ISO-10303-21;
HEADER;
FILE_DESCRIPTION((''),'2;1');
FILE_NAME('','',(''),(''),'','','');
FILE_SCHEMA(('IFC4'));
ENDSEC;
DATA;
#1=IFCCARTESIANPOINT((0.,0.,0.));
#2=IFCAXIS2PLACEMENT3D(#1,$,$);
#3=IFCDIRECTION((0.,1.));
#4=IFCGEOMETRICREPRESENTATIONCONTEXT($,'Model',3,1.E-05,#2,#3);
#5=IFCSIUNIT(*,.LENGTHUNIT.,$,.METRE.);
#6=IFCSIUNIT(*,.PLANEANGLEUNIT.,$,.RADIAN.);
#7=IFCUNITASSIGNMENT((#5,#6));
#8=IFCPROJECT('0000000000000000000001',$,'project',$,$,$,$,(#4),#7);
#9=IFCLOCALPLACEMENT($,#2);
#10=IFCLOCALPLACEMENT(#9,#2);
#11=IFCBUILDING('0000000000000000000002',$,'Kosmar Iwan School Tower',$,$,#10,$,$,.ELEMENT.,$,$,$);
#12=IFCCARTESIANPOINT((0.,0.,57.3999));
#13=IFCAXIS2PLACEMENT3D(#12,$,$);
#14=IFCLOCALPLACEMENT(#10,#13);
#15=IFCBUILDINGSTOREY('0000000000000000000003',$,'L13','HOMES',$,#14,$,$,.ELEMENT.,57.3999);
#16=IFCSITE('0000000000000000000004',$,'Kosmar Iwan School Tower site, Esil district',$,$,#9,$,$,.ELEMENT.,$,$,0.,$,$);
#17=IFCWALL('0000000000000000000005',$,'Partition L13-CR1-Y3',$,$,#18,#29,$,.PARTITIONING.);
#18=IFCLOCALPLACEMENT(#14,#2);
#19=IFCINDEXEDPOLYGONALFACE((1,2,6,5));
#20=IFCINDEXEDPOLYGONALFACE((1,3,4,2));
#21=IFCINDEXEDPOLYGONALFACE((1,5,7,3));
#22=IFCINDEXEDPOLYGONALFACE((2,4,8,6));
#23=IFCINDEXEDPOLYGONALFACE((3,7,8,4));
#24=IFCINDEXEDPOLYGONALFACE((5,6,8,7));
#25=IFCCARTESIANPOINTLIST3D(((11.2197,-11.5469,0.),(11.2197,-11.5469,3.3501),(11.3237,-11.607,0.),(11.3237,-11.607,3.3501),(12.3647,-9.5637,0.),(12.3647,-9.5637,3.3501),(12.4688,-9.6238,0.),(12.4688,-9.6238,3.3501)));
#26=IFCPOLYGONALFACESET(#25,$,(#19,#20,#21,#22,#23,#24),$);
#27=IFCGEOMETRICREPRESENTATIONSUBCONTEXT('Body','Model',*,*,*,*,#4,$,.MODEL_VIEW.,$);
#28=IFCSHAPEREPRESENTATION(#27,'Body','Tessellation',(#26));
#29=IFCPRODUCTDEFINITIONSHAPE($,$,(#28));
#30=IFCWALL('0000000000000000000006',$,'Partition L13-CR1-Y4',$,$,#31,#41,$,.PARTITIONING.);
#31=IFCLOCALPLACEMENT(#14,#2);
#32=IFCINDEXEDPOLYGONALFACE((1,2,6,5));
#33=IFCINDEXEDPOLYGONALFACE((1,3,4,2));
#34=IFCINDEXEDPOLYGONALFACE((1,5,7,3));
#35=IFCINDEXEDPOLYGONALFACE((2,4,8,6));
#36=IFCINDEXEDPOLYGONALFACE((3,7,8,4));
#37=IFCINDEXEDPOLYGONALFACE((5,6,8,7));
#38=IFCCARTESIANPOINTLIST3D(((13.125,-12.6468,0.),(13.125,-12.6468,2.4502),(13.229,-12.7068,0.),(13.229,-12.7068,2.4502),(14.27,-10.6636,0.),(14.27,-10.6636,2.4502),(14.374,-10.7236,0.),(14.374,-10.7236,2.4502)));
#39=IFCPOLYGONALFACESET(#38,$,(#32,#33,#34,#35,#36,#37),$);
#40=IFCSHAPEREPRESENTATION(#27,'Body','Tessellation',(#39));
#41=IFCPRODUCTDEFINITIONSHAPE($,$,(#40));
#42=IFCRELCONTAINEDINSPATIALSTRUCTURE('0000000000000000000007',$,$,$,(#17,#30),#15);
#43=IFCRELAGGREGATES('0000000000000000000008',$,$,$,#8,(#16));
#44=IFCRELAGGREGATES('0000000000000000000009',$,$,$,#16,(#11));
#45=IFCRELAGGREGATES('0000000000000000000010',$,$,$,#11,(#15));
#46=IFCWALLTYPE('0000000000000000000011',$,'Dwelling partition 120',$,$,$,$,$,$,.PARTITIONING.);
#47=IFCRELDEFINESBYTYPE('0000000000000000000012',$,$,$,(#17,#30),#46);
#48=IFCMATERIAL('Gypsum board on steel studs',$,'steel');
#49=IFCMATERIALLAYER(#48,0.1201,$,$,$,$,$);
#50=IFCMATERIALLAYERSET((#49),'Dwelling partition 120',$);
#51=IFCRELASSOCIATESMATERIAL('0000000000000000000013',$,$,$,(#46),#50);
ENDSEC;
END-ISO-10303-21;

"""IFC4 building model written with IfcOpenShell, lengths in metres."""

from ifc_helpers import new_model, si_unit, direction, frame, frame_2d, origin, place, context, subcontext, project, spatial, rectangle, extrude, material, layer, layer_set, type_object, element, save


model = new_model("IFC4")

# Units and contexts
model_context = context("Model", 3, precision=1e-05, world=origin(), true_north=direction((0.0, 1.0)))
body_context = subcontext(model_context, "Body", "Model", "MODEL_VIEW")
ifc_project = project(units=[si_unit("LENGTHUNIT", "METRE"), si_unit("PLANEANGLEUNIT", "RADIAN")], contexts=[model_context])

# Site, building, storey
site_placement = place(None, origin())
site = spatial("IfcSite", under=ifc_project, at=site_placement, Name="Kosmar Iwan School Tower site, Esil district", CompositionType="ELEMENT", RefElevation=0.0)
building_placement = place(site_placement, origin())
building = spatial("IfcBuilding", under=site, at=building_placement, Name="Kosmar Iwan School Tower", CompositionType="ELEMENT")
storey_placement = place(building_placement, frame((0.0, 0.0, 57.3999)))
storey = spatial("IfcBuildingStorey", under=building, at=storey_placement, Name="L13", Description="HOMES", CompositionType="ELEMENT", Elevation=57.3999)

# Walls
ifc_material_1 = material(Name="Gypsum board on steel studs", Category="steel")
ifc_layer_1 = layer(ifc_material_1, 0.1201)
ifc_layer_set_1 = layer_set([ifc_layer_1], Name="Dwelling partition 120")
wall_type_1 = type_object("IfcWallType", Name="Dwelling partition 120", PredefinedType="PARTITIONING", material=ifc_layer_set_1)
for number, where, z_axis, x_axis, name in (
    (1, (12.4167, -9.5938, 0.0), (0.0, 0.0, 1.0), (-0.500015, -0.866017, 0.0), "Partition L13-CR1-Y3"),
):
    element("IfcWall", number, at=place(storey_placement, frame(where, z_axis=z_axis, x_axis=x_axis)), inside=storey, type_object=wall_type_1, Name=name, PredefinedType="PARTITIONING", context=body_context, shape_type="SweptSolid", body=[
        extrude(rectangle(XDim=2.29, YDim=0.1201, at=frame_2d((1.145, 0.0))), origin(), (0.0, 0.0, 1.0), 3.3501),
    ])
wall_1_placement = place(storey_placement, frame((14.322, -10.6936, 0.0), z_axis=(0.0, 0.0, 1.0), x_axis=(-0.500015, -0.866017, 0.0)))
element("IfcWall", 2, at=wall_1_placement, inside=storey, type_object=wall_type_1, Name="Partition L13-CR1-Y4", PredefinedType="PARTITIONING", context=body_context, shape_type="SweptSolid", body=[
    extrude(rectangle(XDim=2.29, YDim=0.1201, at=frame_2d((1.145, 0.0))), origin(), (0.0, 0.0, 1.0), 2.4502),
])

save(model, "model.ifc")
